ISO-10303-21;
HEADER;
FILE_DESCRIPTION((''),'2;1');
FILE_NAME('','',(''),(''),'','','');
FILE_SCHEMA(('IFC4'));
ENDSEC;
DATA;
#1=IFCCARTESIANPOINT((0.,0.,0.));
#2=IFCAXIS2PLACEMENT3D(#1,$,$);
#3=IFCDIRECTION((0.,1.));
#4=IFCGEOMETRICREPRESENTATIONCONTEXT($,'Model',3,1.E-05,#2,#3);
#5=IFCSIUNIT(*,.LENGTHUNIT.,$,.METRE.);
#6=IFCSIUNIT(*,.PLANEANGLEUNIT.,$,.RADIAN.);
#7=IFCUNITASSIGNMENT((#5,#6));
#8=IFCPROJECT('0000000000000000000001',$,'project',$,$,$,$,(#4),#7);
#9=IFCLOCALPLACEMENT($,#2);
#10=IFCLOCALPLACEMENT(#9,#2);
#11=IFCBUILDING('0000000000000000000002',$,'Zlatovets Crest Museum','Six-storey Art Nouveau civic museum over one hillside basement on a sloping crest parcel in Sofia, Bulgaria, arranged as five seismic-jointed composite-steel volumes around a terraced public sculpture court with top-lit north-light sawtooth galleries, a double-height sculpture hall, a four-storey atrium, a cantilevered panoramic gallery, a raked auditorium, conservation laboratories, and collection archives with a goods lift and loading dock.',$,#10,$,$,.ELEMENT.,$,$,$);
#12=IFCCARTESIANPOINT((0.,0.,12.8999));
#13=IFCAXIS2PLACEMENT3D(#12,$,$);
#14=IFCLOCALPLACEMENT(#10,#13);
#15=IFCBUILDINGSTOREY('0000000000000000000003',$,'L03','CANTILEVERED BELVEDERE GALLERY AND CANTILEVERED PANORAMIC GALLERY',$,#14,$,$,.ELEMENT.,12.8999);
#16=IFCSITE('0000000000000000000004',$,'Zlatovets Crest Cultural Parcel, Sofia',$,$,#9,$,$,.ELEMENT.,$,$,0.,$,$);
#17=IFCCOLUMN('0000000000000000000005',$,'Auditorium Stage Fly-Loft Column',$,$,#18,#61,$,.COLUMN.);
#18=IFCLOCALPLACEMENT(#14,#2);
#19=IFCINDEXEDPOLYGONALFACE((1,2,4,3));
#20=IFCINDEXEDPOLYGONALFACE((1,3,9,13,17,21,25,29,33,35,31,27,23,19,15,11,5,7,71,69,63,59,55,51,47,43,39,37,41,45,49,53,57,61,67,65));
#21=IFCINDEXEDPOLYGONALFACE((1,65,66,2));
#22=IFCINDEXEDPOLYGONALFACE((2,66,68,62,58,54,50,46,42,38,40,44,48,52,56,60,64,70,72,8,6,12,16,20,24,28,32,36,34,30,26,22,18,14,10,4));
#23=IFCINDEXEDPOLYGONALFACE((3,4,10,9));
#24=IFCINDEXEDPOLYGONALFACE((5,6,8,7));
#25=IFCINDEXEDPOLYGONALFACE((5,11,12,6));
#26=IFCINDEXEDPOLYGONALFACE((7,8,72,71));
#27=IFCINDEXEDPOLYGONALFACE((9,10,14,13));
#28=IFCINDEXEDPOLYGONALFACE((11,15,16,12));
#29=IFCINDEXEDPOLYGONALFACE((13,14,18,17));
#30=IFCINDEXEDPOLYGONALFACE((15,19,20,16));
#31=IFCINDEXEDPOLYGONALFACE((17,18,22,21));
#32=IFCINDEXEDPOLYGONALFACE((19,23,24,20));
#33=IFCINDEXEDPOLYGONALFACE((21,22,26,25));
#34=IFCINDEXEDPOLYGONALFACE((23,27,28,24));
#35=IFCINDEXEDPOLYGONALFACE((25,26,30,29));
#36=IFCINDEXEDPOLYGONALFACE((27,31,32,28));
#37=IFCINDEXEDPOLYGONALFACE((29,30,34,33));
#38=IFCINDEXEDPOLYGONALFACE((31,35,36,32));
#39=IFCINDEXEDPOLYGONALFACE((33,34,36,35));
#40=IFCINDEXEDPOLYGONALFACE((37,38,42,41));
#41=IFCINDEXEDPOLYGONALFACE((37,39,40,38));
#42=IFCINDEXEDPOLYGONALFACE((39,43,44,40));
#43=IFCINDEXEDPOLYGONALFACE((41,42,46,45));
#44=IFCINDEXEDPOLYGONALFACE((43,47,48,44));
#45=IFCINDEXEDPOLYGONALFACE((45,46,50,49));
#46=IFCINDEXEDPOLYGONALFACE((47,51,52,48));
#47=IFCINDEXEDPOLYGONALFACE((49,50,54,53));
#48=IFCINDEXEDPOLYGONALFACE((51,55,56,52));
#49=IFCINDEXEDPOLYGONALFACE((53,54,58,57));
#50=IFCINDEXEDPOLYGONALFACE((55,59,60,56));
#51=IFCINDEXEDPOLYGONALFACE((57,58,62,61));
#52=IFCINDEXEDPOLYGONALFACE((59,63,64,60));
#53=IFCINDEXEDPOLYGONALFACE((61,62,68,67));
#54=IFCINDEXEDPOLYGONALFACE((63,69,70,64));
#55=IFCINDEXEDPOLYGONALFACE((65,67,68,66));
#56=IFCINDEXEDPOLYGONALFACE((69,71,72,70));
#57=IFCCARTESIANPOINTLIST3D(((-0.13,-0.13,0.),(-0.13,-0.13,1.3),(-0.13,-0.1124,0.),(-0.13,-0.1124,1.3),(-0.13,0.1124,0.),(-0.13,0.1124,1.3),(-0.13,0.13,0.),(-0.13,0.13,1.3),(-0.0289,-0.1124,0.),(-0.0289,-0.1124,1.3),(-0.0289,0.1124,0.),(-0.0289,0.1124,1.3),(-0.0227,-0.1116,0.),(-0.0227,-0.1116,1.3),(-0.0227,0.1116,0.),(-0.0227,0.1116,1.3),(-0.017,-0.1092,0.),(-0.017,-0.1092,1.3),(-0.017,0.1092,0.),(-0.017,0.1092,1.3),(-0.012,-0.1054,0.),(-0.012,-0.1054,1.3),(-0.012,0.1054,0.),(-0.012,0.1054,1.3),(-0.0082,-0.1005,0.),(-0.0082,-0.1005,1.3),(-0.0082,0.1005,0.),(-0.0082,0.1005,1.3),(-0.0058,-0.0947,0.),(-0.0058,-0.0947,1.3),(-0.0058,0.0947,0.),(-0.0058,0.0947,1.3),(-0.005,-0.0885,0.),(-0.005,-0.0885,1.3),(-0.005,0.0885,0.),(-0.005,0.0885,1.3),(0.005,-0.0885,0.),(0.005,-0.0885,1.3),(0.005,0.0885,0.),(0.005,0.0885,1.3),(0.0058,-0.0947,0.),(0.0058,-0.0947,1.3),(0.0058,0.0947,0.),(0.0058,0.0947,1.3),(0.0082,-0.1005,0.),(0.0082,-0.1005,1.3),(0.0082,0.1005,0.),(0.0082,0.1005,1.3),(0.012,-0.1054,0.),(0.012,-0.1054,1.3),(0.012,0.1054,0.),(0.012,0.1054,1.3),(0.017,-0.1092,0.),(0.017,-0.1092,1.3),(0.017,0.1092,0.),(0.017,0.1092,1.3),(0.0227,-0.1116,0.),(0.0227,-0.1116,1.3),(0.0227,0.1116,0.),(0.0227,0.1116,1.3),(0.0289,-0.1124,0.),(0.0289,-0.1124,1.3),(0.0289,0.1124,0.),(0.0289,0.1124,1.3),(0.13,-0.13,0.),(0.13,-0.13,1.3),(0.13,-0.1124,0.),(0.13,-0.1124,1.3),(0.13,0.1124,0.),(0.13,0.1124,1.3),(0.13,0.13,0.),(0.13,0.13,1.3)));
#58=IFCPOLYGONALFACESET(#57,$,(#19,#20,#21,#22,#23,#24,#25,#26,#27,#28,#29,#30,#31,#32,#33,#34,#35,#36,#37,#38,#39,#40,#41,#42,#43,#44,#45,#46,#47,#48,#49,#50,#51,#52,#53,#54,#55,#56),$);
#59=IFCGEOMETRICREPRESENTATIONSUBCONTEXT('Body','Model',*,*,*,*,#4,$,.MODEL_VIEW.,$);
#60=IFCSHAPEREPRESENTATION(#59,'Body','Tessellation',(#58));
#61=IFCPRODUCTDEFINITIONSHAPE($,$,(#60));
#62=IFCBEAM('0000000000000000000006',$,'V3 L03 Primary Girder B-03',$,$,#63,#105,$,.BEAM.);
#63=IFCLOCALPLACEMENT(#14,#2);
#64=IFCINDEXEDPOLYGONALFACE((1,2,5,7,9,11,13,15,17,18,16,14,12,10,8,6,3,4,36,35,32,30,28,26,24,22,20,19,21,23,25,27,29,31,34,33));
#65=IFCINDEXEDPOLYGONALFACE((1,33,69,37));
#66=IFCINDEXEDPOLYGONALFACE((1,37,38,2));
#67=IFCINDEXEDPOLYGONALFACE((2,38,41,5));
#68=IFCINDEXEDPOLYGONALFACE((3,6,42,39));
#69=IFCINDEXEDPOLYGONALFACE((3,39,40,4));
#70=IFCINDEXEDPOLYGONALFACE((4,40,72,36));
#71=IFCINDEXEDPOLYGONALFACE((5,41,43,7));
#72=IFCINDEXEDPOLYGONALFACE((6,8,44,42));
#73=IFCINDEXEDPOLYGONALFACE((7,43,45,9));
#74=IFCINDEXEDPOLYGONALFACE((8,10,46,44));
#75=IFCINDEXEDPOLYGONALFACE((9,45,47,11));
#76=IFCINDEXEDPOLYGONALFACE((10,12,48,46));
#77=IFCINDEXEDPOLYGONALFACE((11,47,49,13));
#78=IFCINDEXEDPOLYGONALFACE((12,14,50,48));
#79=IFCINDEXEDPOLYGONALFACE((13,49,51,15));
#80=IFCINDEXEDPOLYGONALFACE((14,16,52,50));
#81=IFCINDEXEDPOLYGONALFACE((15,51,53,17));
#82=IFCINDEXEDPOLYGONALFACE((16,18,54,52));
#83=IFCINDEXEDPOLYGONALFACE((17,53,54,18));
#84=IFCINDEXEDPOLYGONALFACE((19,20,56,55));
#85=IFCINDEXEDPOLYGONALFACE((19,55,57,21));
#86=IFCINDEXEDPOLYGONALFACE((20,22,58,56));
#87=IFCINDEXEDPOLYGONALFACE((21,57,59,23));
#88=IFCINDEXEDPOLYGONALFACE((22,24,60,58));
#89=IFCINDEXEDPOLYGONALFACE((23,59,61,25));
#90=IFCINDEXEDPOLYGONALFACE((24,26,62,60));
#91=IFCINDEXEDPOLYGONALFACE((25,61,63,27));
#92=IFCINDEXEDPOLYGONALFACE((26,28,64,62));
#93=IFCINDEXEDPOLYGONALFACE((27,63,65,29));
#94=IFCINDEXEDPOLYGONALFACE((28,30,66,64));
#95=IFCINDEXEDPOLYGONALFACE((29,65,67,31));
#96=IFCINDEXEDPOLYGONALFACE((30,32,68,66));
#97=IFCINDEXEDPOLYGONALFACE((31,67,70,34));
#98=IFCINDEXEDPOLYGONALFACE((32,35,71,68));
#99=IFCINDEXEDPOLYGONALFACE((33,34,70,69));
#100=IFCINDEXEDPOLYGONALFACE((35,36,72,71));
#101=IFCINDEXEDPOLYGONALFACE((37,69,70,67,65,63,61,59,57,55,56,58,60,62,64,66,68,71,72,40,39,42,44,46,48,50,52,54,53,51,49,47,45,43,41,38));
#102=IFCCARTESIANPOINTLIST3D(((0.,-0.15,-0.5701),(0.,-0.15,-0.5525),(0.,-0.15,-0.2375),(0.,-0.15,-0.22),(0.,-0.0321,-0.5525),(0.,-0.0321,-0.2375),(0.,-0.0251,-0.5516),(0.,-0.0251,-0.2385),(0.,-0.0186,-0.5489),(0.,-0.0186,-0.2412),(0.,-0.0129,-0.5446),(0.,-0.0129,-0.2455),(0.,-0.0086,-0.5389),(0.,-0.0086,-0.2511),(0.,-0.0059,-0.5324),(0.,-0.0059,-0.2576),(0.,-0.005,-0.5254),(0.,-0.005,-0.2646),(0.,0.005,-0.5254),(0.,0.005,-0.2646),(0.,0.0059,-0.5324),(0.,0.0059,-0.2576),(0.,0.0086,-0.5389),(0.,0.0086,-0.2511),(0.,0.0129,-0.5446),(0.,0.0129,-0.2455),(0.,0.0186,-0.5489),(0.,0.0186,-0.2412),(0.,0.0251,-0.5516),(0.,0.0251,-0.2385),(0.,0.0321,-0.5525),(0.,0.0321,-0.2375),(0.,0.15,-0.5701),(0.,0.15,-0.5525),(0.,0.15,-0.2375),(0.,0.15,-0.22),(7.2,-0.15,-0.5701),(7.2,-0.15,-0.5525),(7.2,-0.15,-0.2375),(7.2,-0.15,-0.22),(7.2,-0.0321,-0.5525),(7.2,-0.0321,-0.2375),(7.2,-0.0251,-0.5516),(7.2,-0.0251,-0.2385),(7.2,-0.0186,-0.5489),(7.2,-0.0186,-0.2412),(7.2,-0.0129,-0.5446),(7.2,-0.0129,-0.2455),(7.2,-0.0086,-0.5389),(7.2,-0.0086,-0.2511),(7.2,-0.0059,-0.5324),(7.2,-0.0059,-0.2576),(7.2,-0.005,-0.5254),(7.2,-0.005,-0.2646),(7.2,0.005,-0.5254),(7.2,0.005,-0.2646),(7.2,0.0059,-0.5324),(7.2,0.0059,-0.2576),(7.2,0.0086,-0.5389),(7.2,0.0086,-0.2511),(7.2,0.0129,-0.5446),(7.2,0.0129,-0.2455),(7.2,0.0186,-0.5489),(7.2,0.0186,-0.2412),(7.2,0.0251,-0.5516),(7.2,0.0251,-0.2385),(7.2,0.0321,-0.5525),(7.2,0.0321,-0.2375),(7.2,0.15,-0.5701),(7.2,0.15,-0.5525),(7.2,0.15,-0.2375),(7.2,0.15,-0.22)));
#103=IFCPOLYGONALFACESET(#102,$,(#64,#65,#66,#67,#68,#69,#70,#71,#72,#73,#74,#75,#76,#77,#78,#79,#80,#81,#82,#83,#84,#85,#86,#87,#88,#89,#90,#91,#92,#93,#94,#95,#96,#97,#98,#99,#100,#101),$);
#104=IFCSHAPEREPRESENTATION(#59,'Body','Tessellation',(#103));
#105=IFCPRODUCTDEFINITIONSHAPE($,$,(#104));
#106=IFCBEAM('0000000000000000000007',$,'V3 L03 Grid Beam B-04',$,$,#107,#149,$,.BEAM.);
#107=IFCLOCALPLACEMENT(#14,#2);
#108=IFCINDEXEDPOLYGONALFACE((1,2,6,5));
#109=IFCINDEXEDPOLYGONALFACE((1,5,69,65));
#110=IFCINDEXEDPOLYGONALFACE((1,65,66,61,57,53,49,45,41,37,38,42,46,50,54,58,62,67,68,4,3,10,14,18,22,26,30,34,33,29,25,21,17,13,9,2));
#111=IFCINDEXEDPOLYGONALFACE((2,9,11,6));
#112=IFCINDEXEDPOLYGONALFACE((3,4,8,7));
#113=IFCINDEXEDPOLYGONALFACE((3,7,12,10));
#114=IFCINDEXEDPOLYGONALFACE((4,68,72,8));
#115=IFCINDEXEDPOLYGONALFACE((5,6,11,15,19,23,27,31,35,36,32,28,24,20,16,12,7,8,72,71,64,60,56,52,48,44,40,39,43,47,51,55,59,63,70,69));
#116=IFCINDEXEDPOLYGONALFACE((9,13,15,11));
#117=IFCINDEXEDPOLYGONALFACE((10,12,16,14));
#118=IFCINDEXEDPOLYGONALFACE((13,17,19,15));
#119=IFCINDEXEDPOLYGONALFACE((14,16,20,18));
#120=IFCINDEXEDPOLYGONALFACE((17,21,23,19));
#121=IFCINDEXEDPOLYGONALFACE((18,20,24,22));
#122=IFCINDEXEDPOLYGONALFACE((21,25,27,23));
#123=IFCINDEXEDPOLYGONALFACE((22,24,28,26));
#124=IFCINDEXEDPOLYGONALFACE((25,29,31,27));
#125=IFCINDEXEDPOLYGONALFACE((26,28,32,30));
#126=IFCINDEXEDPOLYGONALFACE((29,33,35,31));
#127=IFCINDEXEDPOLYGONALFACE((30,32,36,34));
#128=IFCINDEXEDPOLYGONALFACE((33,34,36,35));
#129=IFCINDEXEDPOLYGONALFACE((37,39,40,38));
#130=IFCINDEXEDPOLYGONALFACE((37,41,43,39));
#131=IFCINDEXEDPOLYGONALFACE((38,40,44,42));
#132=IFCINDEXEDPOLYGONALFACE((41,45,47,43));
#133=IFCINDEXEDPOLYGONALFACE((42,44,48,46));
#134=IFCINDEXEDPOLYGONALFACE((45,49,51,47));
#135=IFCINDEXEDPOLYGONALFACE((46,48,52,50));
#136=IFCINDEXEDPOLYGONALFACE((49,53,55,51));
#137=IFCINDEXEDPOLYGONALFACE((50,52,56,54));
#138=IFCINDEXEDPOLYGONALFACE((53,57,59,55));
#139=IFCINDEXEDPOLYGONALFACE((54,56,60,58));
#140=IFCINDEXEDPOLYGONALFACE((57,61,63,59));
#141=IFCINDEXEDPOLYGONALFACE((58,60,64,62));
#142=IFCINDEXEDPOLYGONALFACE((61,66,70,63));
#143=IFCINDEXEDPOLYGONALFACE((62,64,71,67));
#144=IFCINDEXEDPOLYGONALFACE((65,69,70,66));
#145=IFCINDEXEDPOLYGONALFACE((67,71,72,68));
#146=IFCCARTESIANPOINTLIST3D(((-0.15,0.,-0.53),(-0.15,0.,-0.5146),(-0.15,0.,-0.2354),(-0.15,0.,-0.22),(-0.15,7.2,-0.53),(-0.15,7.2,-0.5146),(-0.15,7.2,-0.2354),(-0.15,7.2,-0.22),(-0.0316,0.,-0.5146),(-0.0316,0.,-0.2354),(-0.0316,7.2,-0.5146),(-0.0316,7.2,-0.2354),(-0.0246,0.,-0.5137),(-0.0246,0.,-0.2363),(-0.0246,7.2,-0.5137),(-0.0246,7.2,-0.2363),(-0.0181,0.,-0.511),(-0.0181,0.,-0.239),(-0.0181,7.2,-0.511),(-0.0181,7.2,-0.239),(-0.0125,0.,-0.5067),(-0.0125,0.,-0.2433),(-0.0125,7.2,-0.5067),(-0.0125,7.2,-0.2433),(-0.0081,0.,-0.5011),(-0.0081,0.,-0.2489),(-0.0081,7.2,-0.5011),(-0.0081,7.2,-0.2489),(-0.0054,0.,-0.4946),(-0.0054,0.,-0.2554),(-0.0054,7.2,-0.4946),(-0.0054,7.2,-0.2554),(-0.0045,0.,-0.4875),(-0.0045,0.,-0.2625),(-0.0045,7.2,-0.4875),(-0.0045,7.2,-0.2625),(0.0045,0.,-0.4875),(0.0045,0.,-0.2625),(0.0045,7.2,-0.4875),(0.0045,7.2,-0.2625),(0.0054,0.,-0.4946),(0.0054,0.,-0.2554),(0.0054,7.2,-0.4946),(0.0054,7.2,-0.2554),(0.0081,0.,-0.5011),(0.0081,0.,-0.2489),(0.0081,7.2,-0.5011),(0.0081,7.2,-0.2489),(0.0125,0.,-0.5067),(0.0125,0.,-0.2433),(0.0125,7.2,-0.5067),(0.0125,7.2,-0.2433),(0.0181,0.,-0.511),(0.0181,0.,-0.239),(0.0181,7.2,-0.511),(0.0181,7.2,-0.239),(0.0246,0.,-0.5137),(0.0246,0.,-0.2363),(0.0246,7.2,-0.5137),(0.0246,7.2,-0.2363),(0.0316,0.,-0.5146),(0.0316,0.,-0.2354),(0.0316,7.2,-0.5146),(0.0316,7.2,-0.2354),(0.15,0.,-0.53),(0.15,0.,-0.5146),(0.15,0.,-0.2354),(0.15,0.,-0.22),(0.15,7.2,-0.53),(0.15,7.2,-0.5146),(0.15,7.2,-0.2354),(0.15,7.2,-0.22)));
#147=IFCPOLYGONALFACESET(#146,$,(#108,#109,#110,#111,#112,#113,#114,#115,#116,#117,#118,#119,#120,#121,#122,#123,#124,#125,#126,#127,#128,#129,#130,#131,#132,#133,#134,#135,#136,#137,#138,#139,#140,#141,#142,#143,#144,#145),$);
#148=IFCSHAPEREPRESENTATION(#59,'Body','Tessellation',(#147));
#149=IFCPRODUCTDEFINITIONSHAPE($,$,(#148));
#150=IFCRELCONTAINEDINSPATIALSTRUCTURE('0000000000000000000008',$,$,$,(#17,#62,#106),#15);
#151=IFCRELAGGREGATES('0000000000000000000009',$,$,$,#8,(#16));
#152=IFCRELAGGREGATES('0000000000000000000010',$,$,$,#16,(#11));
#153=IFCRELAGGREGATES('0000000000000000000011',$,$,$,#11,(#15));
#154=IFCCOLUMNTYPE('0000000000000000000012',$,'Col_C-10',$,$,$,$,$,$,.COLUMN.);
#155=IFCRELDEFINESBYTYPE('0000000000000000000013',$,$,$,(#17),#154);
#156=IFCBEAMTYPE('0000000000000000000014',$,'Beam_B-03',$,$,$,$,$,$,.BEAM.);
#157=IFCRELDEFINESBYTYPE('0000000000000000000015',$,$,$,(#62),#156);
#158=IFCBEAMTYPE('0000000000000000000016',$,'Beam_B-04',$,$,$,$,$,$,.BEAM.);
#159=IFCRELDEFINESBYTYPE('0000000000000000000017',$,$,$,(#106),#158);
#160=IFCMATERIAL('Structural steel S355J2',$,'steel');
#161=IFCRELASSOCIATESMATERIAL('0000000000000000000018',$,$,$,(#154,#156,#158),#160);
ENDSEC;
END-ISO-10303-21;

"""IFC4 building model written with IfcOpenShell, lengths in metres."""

from ifc_helpers import new_model, si_unit, direction, frame, origin, origin_with_axes, origin_2d, place, context, subcontext, project, spatial, i_section, extrude, material, material_profile, profile_set, type_object, element, save


model = new_model("IFC4")

# Units and contexts
model_context = context("Model", 3, precision=1e-05, world=origin(), true_north=direction((0.0, 1.0)))
body_context = subcontext(model_context, "Body", "Model", "MODEL_VIEW")
ifc_project = project(units=[si_unit("LENGTHUNIT", "METRE"), si_unit("PLANEANGLEUNIT", "RADIAN")], contexts=[model_context])

# Site, building, storey
site_placement = place(None, origin())
site = spatial("IfcSite", under=ifc_project, at=site_placement, Name="Zlatovets Crest Cultural Parcel, Sofia", CompositionType="ELEMENT", RefElevation=0.0)
building_placement = place(site_placement, origin())
building = spatial("IfcBuilding", under=site, at=building_placement, Name="Zlatovets Crest Museum", Description="Six-storey Art Nouveau civic museum over one hillside basement on a sloping crest parcel in Sofia, Bulgaria, arranged as five seismic-jointed composite-steel volumes around a terraced public sculpture court with top-lit north-light sawtooth galleries, a double-height sculpture hall, a four-storey atrium, a cantilevered panoramic gallery, a raked auditorium, conservation laboratories, and collection archives with a goods lift and loading dock.", CompositionType="ELEMENT")
storey_placement = place(building_placement, frame((0.0, 0.0, 12.8999)))
storey = spatial("IfcBuildingStorey", under=building, at=storey_placement, Name="L03", Description="CANTILEVERED BELVEDERE GALLERY AND CANTILEVERED PANORAMIC GALLERY", CompositionType="ELEMENT", Elevation=12.8999)

# Column
ifc_material_1 = material(Name="Structural steel S355J2", Category="steel")
ifc_material_profile_1 = material_profile(ifc_material_1, i_section(OverallWidth=0.26, OverallDepth=0.26, WebThickness=0.01, FlangeThickness=0.0176, FilletRadius=0.0239, at=origin_2d()), Name="HEB 260")
ifc_profile_set_1 = profile_set([ifc_material_profile_1], Name="Structural steel S355J2")
column_type = type_object("IfcColumnType", Name="Col_C-10", PredefinedType="COLUMN", material=ifc_profile_set_1)
column_placement = place(storey_placement, origin_with_axes())
element("IfcColumn", 1, at=column_placement, inside=storey, type_object=column_type, Name="Auditorium Stage Fly-Loft Column", PredefinedType="COLUMN", context=body_context, shape_type="SweptSolid", body=[
    extrude(i_section(OverallWidth=0.26, OverallDepth=0.26, WebThickness=0.01, FlangeThickness=0.0176, FilletRadius=0.0239, at=origin_2d()), origin(), (0.0, 0.0, 1.0), 1.3),
])

# Beams
ifc_material_profile_2 = material_profile(ifc_material_1, i_section(OverallWidth=0.3, OverallDepth=0.3501, WebThickness=0.01, FlangeThickness=0.0176, FilletRadius=0.0271, at=origin_2d()), Name="HEA 360")
ifc_profile_set_2 = profile_set([ifc_material_profile_2], Name="Structural steel S355J2")
beam_type_1 = type_object("IfcBeamType", Name="Beam_B-03", PredefinedType="BEAM", material=ifc_profile_set_2)
beam_1_placement = place(storey_placement, frame((0.0, 0.0, -0.395), z_axis=(1.0, 0.0, 0.0), x_axis=(0.0, 1.0, 0.0)))
element("IfcBeam", 2, at=beam_1_placement, inside=storey, type_object=beam_type_1, Name="V3 L03 Primary Girder B-03", PredefinedType="BEAM", context=body_context, shape_type="SweptSolid", body=[
    extrude(i_section(OverallWidth=0.3, OverallDepth=0.3501, WebThickness=0.01, FlangeThickness=0.0176, FilletRadius=0.0271, at=origin_2d()), origin(), (0.0, 0.0, 1.0), 7.2),
])
ifc_material_profile_3 = material_profile(ifc_material_1, i_section(OverallWidth=0.3, OverallDepth=0.3101, WebThickness=0.009, FlangeThickness=0.0154, FilletRadius=0.0271, at=origin_2d()), Name="HEA 320")
ifc_profile_set_3 = profile_set([ifc_material_profile_3], Name="Structural steel S355J2")
beam_type_2 = type_object("IfcBeamType", Name="Beam_B-04", PredefinedType="BEAM", material=ifc_profile_set_3)
beam_2_placement = place(storey_placement, frame((0.0, 0.0, -0.375), z_axis=(0.0, 1.0, 0.0), x_axis=(-1.0, 0.0, 0.0)))
element("IfcBeam", 3, at=beam_2_placement, inside=storey, type_object=beam_type_2, Name="V3 L03 Grid Beam B-04", PredefinedType="BEAM", context=body_context, shape_type="SweptSolid", body=[
    extrude(i_section(OverallWidth=0.3, OverallDepth=0.3101, WebThickness=0.009, FlangeThickness=0.0154, FilletRadius=0.0271, at=origin_2d()), origin(), (0.0, 0.0, 1.0), 7.2),
])

save(model, "model.ifc")
